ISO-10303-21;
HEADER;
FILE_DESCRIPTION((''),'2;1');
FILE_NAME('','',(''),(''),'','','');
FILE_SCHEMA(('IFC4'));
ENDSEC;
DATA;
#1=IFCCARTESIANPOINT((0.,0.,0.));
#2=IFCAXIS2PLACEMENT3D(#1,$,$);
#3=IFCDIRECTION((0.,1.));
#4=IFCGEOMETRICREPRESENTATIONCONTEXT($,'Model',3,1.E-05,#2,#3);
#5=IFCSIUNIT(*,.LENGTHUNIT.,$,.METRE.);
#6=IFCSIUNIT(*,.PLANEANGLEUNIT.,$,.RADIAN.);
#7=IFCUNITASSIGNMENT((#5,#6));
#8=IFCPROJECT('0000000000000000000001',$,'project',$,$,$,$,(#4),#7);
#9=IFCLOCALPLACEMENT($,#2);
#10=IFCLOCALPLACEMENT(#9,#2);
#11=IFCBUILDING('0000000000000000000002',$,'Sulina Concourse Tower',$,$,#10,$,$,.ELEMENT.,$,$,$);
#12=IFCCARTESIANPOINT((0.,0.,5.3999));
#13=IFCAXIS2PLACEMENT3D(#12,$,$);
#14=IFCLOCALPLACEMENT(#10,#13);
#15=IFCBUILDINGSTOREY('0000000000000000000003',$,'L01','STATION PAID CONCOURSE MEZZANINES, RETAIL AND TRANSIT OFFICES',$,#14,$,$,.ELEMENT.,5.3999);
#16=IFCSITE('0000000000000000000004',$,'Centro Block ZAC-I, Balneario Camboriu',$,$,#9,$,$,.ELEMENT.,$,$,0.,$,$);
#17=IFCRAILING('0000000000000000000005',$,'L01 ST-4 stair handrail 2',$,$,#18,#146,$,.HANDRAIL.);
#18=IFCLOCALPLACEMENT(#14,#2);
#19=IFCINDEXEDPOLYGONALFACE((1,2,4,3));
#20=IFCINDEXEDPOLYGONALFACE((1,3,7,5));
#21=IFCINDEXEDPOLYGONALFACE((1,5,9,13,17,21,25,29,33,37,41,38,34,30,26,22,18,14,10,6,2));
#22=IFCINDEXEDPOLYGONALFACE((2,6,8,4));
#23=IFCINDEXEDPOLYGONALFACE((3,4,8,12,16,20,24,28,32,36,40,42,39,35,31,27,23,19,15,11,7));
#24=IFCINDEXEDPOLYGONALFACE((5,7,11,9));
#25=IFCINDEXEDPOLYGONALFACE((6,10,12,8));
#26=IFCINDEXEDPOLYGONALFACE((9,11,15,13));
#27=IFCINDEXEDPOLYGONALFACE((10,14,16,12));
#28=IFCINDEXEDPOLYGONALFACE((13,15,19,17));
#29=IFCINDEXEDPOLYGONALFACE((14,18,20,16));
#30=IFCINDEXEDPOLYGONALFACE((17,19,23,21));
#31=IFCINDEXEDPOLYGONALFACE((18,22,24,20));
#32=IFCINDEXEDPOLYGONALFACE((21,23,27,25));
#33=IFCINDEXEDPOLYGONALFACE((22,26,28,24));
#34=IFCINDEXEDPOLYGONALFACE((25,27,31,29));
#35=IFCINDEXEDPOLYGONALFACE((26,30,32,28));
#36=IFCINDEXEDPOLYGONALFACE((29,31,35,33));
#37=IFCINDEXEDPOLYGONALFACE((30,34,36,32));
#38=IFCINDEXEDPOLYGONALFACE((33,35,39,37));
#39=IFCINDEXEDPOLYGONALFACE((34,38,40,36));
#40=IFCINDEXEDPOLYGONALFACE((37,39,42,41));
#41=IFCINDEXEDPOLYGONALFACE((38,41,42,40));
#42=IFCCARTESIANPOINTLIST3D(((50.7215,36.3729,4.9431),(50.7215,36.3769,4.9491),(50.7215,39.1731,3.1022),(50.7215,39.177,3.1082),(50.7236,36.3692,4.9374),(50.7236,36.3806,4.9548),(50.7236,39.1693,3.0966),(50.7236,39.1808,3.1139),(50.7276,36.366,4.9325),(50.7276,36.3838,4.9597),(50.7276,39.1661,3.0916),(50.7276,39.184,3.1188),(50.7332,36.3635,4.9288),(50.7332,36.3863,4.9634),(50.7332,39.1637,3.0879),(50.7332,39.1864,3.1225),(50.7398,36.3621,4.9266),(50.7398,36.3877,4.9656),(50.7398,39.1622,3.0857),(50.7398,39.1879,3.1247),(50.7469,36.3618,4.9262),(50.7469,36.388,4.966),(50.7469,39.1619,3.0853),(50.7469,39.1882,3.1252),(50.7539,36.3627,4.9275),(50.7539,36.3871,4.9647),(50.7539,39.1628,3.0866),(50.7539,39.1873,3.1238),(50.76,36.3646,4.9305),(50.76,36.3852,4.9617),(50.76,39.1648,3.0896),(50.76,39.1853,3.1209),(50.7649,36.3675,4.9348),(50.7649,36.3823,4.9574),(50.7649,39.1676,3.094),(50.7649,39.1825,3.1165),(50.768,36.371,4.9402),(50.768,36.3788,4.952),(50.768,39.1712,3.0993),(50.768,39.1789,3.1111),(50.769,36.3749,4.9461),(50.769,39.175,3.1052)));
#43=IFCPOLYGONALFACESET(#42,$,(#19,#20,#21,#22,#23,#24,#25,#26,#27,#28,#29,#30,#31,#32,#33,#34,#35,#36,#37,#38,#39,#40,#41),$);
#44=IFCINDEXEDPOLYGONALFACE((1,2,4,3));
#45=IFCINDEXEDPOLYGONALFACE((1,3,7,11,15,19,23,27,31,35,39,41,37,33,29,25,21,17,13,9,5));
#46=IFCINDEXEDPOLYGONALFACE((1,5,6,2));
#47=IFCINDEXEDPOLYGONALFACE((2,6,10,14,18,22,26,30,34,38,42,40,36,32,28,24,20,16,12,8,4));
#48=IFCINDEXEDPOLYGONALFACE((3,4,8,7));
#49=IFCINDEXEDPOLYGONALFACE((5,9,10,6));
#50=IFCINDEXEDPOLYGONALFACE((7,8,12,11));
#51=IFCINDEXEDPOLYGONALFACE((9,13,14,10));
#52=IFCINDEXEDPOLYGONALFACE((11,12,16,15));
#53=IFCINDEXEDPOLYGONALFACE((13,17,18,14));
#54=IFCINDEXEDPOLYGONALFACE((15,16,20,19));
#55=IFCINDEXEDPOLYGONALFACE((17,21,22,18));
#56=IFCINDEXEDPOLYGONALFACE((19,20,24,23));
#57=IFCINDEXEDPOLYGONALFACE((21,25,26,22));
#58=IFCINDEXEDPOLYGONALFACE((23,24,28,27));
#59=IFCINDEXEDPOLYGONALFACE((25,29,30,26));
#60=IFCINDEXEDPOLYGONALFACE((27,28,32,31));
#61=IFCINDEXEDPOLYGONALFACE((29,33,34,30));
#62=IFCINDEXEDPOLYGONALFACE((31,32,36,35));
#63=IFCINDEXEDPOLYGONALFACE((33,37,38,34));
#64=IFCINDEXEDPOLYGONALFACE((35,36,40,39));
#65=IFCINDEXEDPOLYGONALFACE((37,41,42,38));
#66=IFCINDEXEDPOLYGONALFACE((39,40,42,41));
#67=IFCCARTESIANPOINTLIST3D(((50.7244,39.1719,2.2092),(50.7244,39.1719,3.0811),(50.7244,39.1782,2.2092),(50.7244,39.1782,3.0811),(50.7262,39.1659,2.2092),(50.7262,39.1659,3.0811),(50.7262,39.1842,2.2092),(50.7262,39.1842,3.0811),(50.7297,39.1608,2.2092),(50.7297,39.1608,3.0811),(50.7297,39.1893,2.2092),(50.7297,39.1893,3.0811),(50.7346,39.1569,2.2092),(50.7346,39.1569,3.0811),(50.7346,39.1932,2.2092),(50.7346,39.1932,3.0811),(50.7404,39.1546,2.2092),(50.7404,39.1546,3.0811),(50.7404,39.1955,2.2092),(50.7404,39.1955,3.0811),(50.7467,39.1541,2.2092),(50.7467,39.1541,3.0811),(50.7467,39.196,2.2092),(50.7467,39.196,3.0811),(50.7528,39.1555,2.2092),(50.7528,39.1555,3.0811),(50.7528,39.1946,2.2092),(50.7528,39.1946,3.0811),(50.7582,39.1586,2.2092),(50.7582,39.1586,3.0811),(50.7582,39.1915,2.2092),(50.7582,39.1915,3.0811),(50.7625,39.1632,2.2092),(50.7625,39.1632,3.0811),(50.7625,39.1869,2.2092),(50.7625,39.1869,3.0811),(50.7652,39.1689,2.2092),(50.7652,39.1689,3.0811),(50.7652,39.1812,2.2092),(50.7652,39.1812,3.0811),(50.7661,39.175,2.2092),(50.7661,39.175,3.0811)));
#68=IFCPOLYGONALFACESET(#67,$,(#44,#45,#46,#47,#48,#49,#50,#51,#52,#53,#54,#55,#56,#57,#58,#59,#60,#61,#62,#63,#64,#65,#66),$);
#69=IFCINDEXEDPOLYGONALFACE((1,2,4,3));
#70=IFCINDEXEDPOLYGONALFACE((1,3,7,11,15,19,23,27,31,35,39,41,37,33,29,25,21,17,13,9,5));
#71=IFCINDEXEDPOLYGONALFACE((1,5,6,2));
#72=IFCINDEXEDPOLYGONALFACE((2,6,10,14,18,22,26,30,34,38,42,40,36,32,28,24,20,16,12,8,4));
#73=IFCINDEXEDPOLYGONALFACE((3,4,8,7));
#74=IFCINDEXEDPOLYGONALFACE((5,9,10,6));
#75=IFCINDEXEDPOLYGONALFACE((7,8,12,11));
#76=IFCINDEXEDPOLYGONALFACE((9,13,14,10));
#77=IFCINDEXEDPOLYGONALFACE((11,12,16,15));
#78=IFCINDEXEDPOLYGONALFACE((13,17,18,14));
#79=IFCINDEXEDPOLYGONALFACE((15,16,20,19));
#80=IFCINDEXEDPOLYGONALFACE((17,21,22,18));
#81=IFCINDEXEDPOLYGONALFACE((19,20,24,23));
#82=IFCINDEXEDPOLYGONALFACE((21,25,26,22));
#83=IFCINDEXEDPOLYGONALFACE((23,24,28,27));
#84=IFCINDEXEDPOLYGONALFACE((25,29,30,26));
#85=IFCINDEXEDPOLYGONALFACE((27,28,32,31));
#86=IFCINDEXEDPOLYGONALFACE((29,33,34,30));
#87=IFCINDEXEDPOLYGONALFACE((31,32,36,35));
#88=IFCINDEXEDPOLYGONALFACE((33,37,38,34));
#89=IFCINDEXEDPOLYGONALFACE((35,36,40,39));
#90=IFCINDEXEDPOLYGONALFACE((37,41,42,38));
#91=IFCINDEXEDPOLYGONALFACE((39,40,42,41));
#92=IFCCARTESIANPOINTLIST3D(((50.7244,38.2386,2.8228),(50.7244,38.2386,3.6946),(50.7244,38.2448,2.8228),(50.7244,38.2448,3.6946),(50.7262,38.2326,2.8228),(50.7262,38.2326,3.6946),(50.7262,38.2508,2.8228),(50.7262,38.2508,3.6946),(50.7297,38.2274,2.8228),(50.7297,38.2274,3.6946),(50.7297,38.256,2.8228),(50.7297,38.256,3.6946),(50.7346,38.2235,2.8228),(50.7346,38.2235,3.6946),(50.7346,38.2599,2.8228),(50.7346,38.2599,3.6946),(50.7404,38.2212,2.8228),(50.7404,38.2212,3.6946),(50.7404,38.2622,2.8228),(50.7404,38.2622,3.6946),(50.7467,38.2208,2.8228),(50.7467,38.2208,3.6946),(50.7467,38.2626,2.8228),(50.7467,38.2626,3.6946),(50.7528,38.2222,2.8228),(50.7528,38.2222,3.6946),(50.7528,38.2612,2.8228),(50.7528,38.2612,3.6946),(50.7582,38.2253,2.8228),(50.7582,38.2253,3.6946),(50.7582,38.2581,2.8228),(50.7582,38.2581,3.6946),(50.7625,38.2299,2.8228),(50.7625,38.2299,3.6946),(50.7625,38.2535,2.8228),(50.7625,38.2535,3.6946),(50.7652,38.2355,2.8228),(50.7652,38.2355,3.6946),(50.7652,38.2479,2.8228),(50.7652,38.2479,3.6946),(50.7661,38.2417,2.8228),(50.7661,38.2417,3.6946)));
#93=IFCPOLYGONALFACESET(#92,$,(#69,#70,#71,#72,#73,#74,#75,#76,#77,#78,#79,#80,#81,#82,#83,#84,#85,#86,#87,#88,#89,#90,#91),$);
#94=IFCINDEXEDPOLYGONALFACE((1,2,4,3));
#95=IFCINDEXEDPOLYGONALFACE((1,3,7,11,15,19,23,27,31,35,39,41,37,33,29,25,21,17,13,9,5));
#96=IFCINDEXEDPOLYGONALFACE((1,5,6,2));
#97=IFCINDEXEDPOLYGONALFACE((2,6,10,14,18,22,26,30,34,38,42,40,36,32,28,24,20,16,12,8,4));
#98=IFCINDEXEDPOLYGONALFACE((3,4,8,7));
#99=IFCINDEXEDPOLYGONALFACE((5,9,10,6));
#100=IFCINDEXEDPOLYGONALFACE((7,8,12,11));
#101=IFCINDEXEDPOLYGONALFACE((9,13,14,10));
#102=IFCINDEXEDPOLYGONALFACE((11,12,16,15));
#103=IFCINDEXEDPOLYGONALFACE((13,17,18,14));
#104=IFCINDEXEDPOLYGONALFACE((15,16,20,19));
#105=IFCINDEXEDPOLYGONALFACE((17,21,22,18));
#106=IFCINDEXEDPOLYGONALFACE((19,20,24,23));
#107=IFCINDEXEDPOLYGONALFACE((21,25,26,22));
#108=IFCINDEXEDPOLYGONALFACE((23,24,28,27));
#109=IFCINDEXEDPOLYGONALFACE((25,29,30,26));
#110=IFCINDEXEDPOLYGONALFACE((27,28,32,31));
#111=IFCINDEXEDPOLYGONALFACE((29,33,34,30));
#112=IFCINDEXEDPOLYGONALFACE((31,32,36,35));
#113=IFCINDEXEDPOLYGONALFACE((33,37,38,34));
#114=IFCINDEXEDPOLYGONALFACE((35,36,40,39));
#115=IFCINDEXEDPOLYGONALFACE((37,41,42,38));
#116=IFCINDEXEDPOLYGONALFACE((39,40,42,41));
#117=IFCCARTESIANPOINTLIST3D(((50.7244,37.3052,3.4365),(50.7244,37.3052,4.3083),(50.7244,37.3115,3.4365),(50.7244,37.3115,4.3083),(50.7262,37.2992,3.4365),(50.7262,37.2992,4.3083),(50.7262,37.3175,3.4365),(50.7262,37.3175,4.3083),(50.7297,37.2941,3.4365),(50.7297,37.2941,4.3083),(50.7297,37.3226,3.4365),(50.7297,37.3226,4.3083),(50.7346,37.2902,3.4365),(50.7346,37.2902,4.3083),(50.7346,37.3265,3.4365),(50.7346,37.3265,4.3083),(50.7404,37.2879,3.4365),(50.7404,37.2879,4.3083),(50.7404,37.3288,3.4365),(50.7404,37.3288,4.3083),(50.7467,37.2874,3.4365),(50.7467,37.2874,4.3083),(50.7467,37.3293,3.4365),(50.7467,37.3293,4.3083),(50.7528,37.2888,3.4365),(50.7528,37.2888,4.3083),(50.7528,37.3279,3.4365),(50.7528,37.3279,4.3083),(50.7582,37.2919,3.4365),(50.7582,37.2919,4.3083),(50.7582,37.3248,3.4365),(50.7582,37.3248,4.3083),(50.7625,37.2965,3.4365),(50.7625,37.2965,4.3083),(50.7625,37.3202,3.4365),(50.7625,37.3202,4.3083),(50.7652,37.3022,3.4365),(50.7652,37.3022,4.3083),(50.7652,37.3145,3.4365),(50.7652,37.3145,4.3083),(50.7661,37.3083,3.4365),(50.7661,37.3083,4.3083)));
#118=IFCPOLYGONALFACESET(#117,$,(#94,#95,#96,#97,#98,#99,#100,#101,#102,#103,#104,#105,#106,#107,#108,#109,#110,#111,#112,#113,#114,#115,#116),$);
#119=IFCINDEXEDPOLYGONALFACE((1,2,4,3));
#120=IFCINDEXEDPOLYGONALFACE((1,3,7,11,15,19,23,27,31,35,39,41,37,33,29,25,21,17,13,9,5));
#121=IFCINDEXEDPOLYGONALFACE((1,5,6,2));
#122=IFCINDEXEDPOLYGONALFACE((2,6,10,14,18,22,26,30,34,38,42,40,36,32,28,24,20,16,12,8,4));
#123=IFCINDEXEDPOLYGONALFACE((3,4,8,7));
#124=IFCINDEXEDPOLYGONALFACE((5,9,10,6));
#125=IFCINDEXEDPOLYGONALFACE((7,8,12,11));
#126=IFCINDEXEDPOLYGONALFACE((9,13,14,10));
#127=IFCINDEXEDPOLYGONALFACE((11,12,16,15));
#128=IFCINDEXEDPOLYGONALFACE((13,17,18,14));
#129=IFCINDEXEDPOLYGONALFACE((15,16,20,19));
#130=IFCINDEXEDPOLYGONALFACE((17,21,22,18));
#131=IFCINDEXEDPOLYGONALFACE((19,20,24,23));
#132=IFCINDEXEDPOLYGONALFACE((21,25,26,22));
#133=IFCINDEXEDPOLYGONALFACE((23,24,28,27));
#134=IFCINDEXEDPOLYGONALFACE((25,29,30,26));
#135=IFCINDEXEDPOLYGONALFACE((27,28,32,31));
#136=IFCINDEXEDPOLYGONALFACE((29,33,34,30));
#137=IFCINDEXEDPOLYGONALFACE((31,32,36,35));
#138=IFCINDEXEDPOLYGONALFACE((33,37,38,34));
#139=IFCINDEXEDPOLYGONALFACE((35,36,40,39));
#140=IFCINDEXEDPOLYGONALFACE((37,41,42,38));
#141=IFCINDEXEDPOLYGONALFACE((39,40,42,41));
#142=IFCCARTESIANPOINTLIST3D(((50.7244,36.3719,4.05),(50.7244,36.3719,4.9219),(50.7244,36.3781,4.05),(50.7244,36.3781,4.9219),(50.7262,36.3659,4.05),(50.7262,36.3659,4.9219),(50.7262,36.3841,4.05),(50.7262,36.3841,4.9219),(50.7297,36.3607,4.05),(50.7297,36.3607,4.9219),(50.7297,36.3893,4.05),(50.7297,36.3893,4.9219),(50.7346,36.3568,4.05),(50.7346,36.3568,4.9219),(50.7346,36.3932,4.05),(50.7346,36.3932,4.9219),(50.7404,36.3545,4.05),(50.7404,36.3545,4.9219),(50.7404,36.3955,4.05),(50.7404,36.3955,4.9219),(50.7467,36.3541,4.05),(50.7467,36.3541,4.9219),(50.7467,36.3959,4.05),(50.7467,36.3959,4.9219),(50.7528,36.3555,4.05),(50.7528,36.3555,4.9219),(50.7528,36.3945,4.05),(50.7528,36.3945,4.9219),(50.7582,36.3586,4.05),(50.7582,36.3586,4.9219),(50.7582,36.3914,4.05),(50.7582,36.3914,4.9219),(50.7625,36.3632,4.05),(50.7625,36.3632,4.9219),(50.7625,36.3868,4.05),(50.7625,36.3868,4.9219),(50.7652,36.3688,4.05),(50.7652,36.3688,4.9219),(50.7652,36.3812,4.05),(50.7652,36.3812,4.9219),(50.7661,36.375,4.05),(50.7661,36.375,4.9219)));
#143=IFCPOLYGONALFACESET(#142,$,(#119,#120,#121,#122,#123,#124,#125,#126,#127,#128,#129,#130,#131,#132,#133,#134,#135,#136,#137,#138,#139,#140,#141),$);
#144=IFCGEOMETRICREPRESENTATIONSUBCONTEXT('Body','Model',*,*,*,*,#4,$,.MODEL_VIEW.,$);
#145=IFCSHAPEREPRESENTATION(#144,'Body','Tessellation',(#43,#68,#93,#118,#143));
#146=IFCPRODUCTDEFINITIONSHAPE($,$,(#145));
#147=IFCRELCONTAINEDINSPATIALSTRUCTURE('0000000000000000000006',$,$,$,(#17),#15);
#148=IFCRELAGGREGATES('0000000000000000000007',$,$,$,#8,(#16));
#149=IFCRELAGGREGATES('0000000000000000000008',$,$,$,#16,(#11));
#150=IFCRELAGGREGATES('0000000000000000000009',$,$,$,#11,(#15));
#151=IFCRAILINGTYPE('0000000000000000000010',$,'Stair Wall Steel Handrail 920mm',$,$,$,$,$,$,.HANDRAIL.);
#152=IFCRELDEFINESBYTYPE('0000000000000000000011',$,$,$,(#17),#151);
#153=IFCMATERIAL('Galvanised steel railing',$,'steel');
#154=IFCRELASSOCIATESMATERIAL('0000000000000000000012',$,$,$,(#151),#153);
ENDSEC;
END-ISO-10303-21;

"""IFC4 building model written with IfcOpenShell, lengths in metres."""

from ifc_helpers import new_model, si_unit, direction, frame, origin, origin_2d, place, context, subcontext, project, spatial, circle, extrude, material, type_object, element, save


model = new_model("IFC4")

# Units and contexts
model_context = context("Model", 3, precision=1e-05, world=origin(), true_north=direction((0.0, 1.0)))
body_context = subcontext(model_context, "Body", "Model", "MODEL_VIEW")
ifc_project = project(units=[si_unit("LENGTHUNIT", "METRE"), si_unit("PLANEANGLEUNIT", "RADIAN")], contexts=[model_context])

# Site, building, storey
site_placement = place(None, origin())
site = spatial("IfcSite", under=ifc_project, at=site_placement, Name="Centro Block ZAC-I, Balneario Camboriu", CompositionType="ELEMENT", RefElevation=0.0)
building_placement = place(site_placement, origin())
building = spatial("IfcBuilding", under=site, at=building_placement, Name="Sulina Concourse Tower", CompositionType="ELEMENT")
storey_placement = place(building_placement, frame((0.0, 0.0, 5.3999)))
storey = spatial("IfcBuildingStorey", under=building, at=storey_placement, Name="L01", Description="STATION PAID CONCOURSE MEZZANINES, RETAIL AND TRANSIT OFFICES", CompositionType="ELEMENT", Elevation=5.3999)

# Railing
ifc_material_1 = material(Name="Galvanised steel railing", Category="steel")
railing_type_1 = type_object("IfcRailingType", Name="Stair Wall Steel Handrail 920mm", PredefinedType="HANDRAIL", material=ifc_material_1)
railing_1_placement = place(storey_placement, frame((50.7451, 39.175, 2.2092)))
element("IfcRailing", 1, at=railing_1_placement, inside=storey, type_object=railing_type_1, Name="L01 ST-4 stair handrail 2", PredefinedType="HANDRAIL", context=body_context, shape_type="SweptSolid", body=[
    extrude(circle(Radius=0.0239, at=origin_2d()), frame((0.0, 0.0, 0.896), z_axis=(0.0, -0.835598, 0.549342), x_axis=(1.0, 0.0, 0.0)), (0.0, 0.0, 1.0), 3.3511),
    extrude(circle(Radius=0.021, at=origin_2d()), origin(), (0.0, 0.0, 1.0), 0.8718),
    extrude(circle(Radius=0.021, at=origin_2d()), frame((0.0, -0.9333, 0.6135)), (0.0, 0.0, 1.0), 0.8718),
    extrude(circle(Radius=0.021, at=origin_2d()), frame((0.0, -1.8667, 1.2273)), (0.0, 0.0, 1.0), 0.8718),
    extrude(circle(Radius=0.021, at=origin_2d()), frame((0.0, -2.8, 1.8408)), (0.0, 0.0, 1.0), 0.8718),
])

save(model, "model.ifc")
